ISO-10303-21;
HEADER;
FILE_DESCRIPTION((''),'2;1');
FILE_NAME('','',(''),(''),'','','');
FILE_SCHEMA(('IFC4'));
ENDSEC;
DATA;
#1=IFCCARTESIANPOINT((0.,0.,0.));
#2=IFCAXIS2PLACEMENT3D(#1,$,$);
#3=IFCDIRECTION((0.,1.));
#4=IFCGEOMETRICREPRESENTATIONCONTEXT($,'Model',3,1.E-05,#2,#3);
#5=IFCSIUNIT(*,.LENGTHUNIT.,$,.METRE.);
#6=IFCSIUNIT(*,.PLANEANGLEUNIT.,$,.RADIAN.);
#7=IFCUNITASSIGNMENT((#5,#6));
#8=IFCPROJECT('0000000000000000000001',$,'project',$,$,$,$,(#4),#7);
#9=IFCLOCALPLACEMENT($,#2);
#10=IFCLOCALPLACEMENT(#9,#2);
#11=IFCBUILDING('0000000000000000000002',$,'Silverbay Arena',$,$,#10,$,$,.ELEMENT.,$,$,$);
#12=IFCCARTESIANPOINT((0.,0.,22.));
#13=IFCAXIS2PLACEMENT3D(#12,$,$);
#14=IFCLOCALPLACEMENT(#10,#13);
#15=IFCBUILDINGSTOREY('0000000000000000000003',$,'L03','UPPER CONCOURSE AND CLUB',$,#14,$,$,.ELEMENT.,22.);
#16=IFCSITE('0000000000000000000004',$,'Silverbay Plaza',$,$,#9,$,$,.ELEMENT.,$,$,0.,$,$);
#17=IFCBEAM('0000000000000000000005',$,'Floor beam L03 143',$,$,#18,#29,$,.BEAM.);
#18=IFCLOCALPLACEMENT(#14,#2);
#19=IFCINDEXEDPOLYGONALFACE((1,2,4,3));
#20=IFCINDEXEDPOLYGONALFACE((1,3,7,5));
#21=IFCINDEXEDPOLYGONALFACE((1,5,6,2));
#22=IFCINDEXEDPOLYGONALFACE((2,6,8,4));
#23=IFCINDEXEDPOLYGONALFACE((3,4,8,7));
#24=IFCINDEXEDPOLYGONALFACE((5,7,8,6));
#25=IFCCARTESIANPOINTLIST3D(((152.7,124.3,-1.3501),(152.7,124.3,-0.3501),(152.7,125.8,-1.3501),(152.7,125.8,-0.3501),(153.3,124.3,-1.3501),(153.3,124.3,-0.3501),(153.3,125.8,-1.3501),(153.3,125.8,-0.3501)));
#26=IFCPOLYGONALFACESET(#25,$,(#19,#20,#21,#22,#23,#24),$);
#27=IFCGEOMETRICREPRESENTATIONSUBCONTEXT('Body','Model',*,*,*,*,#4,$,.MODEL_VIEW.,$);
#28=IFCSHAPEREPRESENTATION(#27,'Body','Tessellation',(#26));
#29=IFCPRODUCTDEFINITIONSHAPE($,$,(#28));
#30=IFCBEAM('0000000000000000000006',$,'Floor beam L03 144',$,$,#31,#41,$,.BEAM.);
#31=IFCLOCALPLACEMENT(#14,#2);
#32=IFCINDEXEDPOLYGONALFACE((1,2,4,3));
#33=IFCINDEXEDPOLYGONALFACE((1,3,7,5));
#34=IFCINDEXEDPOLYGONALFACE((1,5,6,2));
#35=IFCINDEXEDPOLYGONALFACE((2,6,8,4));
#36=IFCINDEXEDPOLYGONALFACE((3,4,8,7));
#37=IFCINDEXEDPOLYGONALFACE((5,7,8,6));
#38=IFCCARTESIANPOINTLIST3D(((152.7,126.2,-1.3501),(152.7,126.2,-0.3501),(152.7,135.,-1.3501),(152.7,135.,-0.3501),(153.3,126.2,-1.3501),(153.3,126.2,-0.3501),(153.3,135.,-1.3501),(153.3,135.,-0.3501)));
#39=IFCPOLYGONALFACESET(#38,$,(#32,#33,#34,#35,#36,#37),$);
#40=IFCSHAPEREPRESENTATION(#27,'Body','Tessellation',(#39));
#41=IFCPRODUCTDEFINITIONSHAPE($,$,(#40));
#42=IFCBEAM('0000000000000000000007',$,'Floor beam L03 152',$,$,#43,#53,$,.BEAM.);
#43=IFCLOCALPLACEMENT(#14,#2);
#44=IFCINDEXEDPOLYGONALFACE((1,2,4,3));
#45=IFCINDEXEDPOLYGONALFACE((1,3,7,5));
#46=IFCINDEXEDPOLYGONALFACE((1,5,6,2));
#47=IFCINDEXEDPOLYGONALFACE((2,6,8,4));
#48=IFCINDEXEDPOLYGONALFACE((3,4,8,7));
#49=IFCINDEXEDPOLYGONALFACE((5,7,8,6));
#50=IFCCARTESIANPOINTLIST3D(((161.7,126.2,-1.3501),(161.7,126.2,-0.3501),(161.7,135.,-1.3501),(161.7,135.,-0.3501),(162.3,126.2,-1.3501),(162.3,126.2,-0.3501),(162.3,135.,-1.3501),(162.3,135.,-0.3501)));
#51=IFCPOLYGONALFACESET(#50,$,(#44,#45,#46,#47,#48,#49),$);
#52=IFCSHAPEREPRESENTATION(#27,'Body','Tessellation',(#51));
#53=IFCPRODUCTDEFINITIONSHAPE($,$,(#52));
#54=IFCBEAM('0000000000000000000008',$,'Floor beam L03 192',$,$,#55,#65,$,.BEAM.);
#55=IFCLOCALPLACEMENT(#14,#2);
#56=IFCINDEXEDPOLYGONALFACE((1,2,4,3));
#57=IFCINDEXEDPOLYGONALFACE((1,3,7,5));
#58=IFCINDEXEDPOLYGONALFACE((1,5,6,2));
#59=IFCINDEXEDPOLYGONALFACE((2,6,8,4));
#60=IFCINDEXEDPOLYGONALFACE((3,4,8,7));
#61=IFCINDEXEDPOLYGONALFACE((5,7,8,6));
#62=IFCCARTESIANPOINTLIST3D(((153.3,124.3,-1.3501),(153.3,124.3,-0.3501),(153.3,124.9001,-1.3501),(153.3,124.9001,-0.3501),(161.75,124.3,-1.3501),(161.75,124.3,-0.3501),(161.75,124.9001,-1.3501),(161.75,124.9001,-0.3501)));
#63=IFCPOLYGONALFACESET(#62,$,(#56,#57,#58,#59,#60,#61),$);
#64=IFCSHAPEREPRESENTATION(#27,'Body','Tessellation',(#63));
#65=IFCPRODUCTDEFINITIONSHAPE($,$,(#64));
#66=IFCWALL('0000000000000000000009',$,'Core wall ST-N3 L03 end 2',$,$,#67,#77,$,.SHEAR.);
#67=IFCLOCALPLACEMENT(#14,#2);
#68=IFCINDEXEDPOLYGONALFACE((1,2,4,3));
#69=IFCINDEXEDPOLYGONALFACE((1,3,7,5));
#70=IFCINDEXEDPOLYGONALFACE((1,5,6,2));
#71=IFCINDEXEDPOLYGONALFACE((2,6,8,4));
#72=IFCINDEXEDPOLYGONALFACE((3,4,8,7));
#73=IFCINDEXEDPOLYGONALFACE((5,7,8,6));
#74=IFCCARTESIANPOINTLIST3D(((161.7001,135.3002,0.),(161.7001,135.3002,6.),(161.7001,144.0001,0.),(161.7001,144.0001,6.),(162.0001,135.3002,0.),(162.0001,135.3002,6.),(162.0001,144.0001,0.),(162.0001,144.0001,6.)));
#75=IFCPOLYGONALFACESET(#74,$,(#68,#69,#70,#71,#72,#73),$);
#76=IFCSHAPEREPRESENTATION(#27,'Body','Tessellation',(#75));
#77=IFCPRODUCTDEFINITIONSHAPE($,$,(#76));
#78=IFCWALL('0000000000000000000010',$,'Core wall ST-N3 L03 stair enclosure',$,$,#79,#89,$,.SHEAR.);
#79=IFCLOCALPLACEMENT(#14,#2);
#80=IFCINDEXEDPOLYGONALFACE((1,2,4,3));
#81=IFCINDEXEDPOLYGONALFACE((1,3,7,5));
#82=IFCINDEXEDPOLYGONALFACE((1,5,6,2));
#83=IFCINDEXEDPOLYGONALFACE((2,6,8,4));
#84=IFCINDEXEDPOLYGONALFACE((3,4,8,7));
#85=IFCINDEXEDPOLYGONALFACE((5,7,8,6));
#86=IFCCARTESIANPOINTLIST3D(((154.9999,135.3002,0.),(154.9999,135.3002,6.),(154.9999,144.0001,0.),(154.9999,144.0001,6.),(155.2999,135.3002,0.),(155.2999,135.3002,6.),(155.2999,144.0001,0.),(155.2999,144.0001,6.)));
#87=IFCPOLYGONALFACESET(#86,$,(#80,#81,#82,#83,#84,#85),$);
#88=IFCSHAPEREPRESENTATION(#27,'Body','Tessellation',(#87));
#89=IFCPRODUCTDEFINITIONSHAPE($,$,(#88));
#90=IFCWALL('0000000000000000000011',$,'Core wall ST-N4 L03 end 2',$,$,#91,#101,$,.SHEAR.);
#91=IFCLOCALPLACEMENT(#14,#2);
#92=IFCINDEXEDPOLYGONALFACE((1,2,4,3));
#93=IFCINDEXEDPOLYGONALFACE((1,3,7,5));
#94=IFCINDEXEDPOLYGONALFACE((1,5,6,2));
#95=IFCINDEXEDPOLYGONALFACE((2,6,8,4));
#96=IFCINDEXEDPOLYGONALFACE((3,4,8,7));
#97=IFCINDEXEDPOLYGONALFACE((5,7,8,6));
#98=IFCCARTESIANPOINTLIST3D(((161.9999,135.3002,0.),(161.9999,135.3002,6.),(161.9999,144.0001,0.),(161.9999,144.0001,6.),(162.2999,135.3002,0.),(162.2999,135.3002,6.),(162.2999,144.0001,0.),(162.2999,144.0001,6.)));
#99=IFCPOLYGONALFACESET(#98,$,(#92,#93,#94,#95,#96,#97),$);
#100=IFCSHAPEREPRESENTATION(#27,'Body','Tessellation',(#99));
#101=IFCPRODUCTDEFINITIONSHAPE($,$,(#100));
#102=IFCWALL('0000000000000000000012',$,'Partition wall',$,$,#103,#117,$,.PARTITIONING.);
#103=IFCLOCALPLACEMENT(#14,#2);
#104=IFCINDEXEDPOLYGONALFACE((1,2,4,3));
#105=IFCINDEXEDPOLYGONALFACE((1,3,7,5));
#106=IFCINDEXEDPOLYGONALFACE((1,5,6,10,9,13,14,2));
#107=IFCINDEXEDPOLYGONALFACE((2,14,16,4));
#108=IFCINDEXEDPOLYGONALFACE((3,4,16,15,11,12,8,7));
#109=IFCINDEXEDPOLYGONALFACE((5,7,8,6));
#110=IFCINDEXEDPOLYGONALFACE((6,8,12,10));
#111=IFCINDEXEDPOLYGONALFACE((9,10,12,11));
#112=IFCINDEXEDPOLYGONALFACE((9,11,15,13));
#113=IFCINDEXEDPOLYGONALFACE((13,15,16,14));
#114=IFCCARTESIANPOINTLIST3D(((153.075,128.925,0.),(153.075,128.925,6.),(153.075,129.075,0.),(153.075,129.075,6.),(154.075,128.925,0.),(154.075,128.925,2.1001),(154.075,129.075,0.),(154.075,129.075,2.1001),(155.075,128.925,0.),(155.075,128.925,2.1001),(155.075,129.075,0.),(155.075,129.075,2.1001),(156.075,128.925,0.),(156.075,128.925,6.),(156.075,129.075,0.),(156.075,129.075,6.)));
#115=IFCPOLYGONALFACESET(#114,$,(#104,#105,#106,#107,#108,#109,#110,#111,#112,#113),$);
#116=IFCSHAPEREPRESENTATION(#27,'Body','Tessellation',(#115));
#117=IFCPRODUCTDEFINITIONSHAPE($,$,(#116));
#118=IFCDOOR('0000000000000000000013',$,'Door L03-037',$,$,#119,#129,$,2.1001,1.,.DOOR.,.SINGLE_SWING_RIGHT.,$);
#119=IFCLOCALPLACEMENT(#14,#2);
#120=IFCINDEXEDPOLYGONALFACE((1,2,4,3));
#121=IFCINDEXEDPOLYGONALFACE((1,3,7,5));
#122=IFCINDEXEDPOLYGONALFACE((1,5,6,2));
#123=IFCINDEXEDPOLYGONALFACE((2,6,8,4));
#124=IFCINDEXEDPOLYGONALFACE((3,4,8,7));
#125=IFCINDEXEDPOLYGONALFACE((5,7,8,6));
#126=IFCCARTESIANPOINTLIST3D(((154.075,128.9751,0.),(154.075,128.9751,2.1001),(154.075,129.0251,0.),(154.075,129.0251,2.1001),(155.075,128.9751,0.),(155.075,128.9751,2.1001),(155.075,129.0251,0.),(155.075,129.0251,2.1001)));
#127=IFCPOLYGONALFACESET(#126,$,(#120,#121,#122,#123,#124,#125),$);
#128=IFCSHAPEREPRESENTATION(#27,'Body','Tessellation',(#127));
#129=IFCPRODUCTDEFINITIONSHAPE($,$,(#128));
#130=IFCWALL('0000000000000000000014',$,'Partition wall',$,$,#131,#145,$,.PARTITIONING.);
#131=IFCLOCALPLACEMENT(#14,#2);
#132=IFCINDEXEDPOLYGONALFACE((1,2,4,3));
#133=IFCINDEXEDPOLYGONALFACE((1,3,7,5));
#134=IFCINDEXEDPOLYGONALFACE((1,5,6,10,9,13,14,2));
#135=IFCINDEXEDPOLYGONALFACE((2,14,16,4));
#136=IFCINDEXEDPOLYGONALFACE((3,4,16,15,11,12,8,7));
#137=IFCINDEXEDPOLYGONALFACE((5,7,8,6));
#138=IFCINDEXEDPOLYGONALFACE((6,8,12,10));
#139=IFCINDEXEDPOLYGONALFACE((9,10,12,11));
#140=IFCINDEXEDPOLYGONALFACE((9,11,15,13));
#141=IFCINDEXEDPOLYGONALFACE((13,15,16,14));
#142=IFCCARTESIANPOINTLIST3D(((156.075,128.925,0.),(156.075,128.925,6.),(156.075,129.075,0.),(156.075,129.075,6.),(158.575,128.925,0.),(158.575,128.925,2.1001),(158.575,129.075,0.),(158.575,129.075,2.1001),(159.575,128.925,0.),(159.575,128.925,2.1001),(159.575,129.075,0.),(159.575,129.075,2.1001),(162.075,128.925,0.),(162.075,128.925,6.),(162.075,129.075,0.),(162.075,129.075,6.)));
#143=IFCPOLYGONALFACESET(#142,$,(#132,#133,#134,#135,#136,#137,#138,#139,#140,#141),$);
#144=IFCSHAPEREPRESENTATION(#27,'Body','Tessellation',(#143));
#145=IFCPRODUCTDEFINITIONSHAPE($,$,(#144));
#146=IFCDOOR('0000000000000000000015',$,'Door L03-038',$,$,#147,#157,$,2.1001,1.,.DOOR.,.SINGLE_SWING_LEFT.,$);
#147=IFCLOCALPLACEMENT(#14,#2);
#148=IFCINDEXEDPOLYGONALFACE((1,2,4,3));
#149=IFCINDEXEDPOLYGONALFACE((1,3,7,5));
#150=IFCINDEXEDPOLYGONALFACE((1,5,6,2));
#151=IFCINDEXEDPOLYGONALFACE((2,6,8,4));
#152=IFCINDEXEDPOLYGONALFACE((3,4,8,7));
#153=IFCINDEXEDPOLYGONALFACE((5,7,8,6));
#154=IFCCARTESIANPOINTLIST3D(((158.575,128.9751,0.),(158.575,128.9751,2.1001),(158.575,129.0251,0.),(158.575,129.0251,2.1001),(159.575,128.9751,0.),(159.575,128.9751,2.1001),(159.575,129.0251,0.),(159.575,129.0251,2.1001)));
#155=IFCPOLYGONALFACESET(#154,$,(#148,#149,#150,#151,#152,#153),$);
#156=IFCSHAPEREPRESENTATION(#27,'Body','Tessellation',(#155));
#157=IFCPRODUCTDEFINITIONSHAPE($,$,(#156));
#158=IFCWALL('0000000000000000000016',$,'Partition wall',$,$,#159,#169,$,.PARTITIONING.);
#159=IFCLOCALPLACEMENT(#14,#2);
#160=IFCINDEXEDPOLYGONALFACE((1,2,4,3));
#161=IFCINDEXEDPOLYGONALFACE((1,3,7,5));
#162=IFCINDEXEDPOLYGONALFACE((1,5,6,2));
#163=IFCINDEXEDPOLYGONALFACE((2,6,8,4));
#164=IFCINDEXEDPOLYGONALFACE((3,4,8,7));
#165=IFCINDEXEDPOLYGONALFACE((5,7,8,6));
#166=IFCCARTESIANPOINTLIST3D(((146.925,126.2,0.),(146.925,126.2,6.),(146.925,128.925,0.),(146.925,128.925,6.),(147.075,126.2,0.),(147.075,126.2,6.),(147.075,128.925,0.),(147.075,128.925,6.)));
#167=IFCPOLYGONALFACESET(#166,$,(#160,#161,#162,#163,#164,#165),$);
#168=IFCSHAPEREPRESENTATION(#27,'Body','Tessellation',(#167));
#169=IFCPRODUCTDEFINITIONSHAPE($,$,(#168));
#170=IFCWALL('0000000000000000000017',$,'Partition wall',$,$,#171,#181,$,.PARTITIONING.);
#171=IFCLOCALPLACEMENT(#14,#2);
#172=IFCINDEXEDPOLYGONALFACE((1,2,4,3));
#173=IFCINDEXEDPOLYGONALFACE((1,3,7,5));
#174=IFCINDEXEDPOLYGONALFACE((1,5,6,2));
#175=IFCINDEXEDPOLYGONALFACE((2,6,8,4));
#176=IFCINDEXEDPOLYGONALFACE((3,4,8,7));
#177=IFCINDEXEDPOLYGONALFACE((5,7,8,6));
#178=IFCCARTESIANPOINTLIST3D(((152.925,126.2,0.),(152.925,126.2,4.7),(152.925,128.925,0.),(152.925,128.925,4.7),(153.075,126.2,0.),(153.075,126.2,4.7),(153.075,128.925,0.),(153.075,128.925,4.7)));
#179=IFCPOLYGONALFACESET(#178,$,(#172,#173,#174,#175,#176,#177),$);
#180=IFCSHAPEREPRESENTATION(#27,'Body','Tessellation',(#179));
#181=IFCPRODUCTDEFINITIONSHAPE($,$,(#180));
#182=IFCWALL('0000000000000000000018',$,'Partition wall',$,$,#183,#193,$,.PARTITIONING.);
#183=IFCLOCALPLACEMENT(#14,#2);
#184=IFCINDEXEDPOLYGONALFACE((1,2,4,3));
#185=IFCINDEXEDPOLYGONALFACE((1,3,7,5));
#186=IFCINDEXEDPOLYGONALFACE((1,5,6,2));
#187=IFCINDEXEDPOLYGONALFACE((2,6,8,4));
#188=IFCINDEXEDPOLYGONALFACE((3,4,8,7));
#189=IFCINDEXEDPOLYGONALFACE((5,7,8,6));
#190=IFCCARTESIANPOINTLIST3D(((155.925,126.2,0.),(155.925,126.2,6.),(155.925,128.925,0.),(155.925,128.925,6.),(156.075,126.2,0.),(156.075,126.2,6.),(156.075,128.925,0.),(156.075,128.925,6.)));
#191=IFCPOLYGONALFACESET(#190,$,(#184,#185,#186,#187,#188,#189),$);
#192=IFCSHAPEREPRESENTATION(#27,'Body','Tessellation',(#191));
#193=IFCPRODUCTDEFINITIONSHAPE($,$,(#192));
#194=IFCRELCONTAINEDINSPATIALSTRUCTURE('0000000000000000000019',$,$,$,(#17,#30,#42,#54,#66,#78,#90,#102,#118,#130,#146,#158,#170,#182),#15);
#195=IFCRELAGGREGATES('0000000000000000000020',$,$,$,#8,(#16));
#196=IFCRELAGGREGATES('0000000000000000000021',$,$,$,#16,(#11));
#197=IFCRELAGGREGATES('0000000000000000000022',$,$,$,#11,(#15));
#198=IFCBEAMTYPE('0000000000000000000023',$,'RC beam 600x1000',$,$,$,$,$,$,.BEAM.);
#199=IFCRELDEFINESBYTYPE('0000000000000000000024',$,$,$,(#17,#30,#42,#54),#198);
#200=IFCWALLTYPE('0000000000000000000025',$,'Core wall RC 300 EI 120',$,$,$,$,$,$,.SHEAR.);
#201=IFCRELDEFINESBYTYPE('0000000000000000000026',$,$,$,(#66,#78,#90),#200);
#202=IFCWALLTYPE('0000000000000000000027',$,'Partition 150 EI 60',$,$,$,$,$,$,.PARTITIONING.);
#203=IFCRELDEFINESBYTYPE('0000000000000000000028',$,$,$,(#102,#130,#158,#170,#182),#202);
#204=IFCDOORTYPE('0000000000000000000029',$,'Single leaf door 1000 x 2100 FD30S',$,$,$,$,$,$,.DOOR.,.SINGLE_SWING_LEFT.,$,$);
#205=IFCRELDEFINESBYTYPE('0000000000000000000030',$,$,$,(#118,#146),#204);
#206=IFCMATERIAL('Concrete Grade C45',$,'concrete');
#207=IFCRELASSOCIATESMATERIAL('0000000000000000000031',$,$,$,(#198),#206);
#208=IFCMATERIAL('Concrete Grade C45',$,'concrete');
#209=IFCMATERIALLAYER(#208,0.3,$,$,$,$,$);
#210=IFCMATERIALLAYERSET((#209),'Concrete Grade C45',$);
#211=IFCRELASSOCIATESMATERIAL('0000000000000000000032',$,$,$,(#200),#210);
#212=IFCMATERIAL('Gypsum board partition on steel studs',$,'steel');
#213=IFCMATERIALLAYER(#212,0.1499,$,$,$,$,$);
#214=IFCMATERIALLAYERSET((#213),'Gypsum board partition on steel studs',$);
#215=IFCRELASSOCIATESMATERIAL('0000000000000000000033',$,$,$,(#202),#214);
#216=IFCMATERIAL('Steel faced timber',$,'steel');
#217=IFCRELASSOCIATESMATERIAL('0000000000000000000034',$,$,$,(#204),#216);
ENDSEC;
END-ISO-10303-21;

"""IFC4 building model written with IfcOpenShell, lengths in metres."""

from ifc_helpers import new_model, si_unit, direction, frame, frame_2d, origin, origin_2d, place, context, subcontext, project, spatial, rectangle, extrude, material, layer, layer_set, material_profile, profile_set, type_object, element, fill, save


model = new_model("IFC4")

# Units and contexts
model_context = context("Model", 3, precision=1e-05, world=origin(), true_north=direction((0.0, 1.0)))
body_context = subcontext(model_context, "Body", "Model", "MODEL_VIEW")
ifc_project = project(units=[si_unit("LENGTHUNIT", "METRE"), si_unit("PLANEANGLEUNIT", "RADIAN")], contexts=[model_context])

# Site, building, storey
site_placement = place(None, origin())
site = spatial("IfcSite", under=ifc_project, at=site_placement, Name="Silverbay Plaza", CompositionType="ELEMENT", RefElevation=0.0)
building_placement = place(site_placement, origin())
building = spatial("IfcBuilding", under=site, at=building_placement, Name="Silverbay Arena", CompositionType="ELEMENT")
storey_placement = place(building_placement, frame((0.0, 0.0, 22.0)))
storey = spatial("IfcBuildingStorey", under=building, at=storey_placement, Name="L03", Description="UPPER CONCOURSE AND CLUB", CompositionType="ELEMENT", Elevation=22.0)

# Beams
ifc_material_1 = material(Name="Concrete Grade C45", Category="concrete")
ifc_material_profile = material_profile(ifc_material_1, rectangle(XDim=0.6001, YDim=1.0, at=origin_2d()), Name="RC 600x1000")
ifc_profile_set = profile_set([ifc_material_profile], Name="Concrete Grade C45")
beam_type = type_object("IfcBeamType", Name="RC beam 600x1000", PredefinedType="BEAM", material=ifc_profile_set)
beam_1_placement = place(storey_placement, frame((153.0, 124.3, -0.8501), z_axis=(0.0, 1.0, 0.0), x_axis=(-1.0, 0.0, 0.0)))
element("IfcBeam", 1, at=beam_1_placement, inside=storey, type_object=beam_type, Name="Floor beam L03 143", PredefinedType="BEAM", context=body_context, shape_type="SweptSolid", body=[
    extrude(rectangle(XDim=0.6001, YDim=1.0, at=origin_2d()), origin(), (0.0, 0.0, 1.0), 1.5),
])
for number, where, z_axis, x_axis, name in (
    (2, (153.0, 126.2, -0.8501), (0.0, 1.0, 0.0), (-1.0, 0.0, 0.0), "Floor beam L03 144"),
    (3, (162.0, 126.2, -0.8501), (0.0, 1.0, 0.0), (-1.0, 0.0, 0.0), "Floor beam L03 152"),
):
    element("IfcBeam", number, at=place(storey_placement, frame(where, z_axis=z_axis, x_axis=x_axis)), inside=storey, type_object=beam_type, Name=name, PredefinedType="BEAM", context=body_context, shape_type="SweptSolid", body=[
        extrude(rectangle(XDim=0.6001, YDim=1.0, at=origin_2d()), origin(), (0.0, 0.0, 1.0), 8.8),
    ])
beam_2_placement = place(storey_placement, frame((153.3, 124.6001, -0.8501), z_axis=(1.0, 0.0, 0.0), x_axis=(0.0, 1.0, 0.0)))
element("IfcBeam", 4, at=beam_2_placement, inside=storey, type_object=beam_type, Name="Floor beam L03 192", PredefinedType="BEAM", context=body_context, shape_type="SweptSolid", body=[
    extrude(rectangle(XDim=0.6001, YDim=1.0, at=origin_2d()), origin(), (0.0, 0.0, 1.0), 8.45),
])

# Walls
ifc_material_2 = material(Name="Concrete Grade C45", Category="concrete")
ifc_layer_1 = layer(ifc_material_2, 0.3)
ifc_layer_set_1 = layer_set([ifc_layer_1], Name="Concrete Grade C45")
wall_type_1 = type_object("IfcWallType", Name="Core wall RC 300 EI 120", PredefinedType="SHEAR", material=ifc_layer_set_1)
for number, where, z_axis, x_axis, name in (
    (5, (161.8501, 135.3, 0.0), (0.0, 0.0, 1.0), (0.0, 1.0, 0.0), "Core wall ST-N3 L03 end 2"),
    (6, (155.1499, 135.3, 0.0), (0.0, 0.0, 1.0), (0.0, 1.0, 0.0), "Core wall ST-N3 L03 stair enclosure"),
    (7, (162.1499, 135.3, 0.0), (0.0, 0.0, 1.0), (0.0, 1.0, 0.0), "Core wall ST-N4 L03 end 2"),
):
    element("IfcWall", number, at=place(storey_placement, frame(where, z_axis=z_axis, x_axis=x_axis)), inside=storey, type_object=wall_type_1, Name=name, PredefinedType="SHEAR", context=body_context, shape_type="SweptSolid", body=[
        extrude(rectangle(XDim=8.7, YDim=0.3, at=frame_2d((4.3501, 0.0))), origin(), (0.0, 0.0, 1.0), 6.0),
    ])

# Walls, openings, doors
ifc_material_3 = material(Name="Gypsum board partition on steel studs", Category="steel")
ifc_layer_2 = layer(ifc_material_3, 0.1499)
ifc_layer_set_2 = layer_set([ifc_layer_2], Name="Gypsum board partition on steel studs")
wall_type_2 = type_object("IfcWallType", Name="Partition 150 EI 60", PredefinedType="PARTITIONING", material=ifc_layer_set_2)
wall_1_placement = place(storey_placement, frame((153.075, 129.0, 0.0), z_axis=(0.0, 0.0, 1.0), x_axis=(1.0, 0.0, 0.0)))
wall_1 = element("IfcWall", 8, at=wall_1_placement, inside=storey, type_object=wall_type_2, Name="Partition wall", PredefinedType="PARTITIONING", context=body_context, shape_type="SweptSolid", body=[
    extrude(rectangle(XDim=3.0, YDim=0.1499, at=frame_2d((1.5, 0.0))), origin(), (0.0, 0.0, 1.0), 6.0),
])
opening_1_placement = place(wall_1_placement, frame((1.0, 0.0, 0.0)))
opening_1 = element("IfcOpeningElement", 9, at=opening_1_placement, cuts=wall_1, PredefinedType="OPENING", context=body_context, shape_type="SweptSolid", body=[
    extrude(rectangle(XDim=1.0, YDim=2.1001, at=frame_2d((0.5, 1.05))), frame((0.0, 0.085, 0.0), z_axis=(0.0, -1.0, 0.0), x_axis=(1.0, 0.0, 0.0)), (0.0, 0.0, 1.0), 0.1699),
])
ifc_material_4 = material(Name="Steel faced timber", Category="steel")
door_type_1 = type_object("IfcDoorType", Name="Single leaf door 1000 x 2100 FD30S", OperationType="SINGLE_SWING_LEFT", PredefinedType="DOOR", material=ifc_material_4)
door_1_placement = place(opening_1_placement, frame((1.0, 0.0, 0.0), z_axis=(0.0, 0.0, 1.0), x_axis=(-1.0, 0.0, 0.0)))
door_1 = element("IfcDoor", 10, at=door_1_placement, inside=storey, type_object=door_type_1, Name="Door L03-037", OperationType="SINGLE_SWING_RIGHT", OverallHeight=2.1001, OverallWidth=1.0, PredefinedType="DOOR", context=body_context, shape_type="SweptSolid", body=[
    extrude(rectangle(XDim=1.0, YDim=2.1001, at=frame_2d((0.5, 1.05))), frame((0.0, 0.0249, 0.0), z_axis=(0.0, -1.0, 0.0), x_axis=(1.0, 0.0, 0.0)), (0.0, 0.0, 1.0), 0.05),
])
fill(opening_1, door_1)
wall_2_placement = place(storey_placement, frame((156.075, 129.0, 0.0), z_axis=(0.0, 0.0, 1.0), x_axis=(1.0, 0.0, 0.0)))
wall_2 = element("IfcWall", 11, at=wall_2_placement, inside=storey, type_object=wall_type_2, Name="Partition wall", PredefinedType="PARTITIONING", context=body_context, shape_type="SweptSolid", body=[
    extrude(rectangle(XDim=6.0, YDim=0.1499, at=frame_2d((3.0, 0.0))), origin(), (0.0, 0.0, 1.0), 6.0),
])
opening_2_placement = place(wall_2_placement, frame((2.5, 0.0, 0.0)))
opening_2 = element("IfcOpeningElement", 12, at=opening_2_placement, cuts=wall_2, PredefinedType="OPENING", context=body_context, shape_type="SweptSolid", body=[
    extrude(rectangle(XDim=1.0, YDim=2.1001, at=frame_2d((0.5, 1.05))), frame((0.0, 0.085, 0.0), z_axis=(0.0, -1.0, 0.0), x_axis=(1.0, 0.0, 0.0)), (0.0, 0.0, 1.0), 0.1699),
])
door_2_placement = place(opening_2_placement, frame((1.0, 0.0, 0.0), z_axis=(0.0, 0.0, 1.0), x_axis=(-1.0, 0.0, 0.0)))
door_2 = element("IfcDoor", 13, at=door_2_placement, inside=storey, type_object=door_type_1, Name="Door L03-038", OperationType="SINGLE_SWING_LEFT", OverallHeight=2.1001, OverallWidth=1.0, PredefinedType="DOOR", context=body_context, shape_type="SweptSolid", body=[
    extrude(rectangle(XDim=1.0, YDim=2.1001, at=frame_2d((0.5, 1.05))), frame((0.0, 0.0249, 0.0), z_axis=(0.0, -1.0, 0.0), x_axis=(1.0, 0.0, 0.0)), (0.0, 0.0, 1.0), 0.05),
])
fill(opening_2, door_2)

# Walls
wall_3_placement = place(storey_placement, frame((147.0, 126.2, 0.0), z_axis=(0.0, 0.0, 1.0), x_axis=(0.0, 1.0, 0.0)))
element("IfcWall", 14, at=wall_3_placement, inside=storey, type_object=wall_type_2, Name="Partition wall", PredefinedType="PARTITIONING", context=body_context, shape_type="SweptSolid", body=[
    extrude(rectangle(XDim=2.7251, YDim=0.1499, at=frame_2d((1.3625, 0.0))), origin(), (0.0, 0.0, 1.0), 6.0),
])
wall_4_placement = place(storey_placement, frame((153.0, 126.2, 0.0), z_axis=(0.0, 0.0, 1.0), x_axis=(0.0, 1.0, 0.0)))
element("IfcWall", 15, at=wall_4_placement, inside=storey, type_object=wall_type_2, Name="Partition wall", PredefinedType="PARTITIONING", context=body_context, shape_type="SweptSolid", body=[
    extrude(rectangle(XDim=2.7251, YDim=0.1499, at=frame_2d((1.3625, 0.0))), origin(), (0.0, 0.0, 1.0), 4.7),
])
wall_5_placement = place(storey_placement, frame((156.0, 126.2, 0.0), z_axis=(0.0, 0.0, 1.0), x_axis=(0.0, 1.0, 0.0)))
element("IfcWall", 16, at=wall_5_placement, inside=storey, type_object=wall_type_2, Name="Partition wall", PredefinedType="PARTITIONING", context=body_context, shape_type="SweptSolid", body=[
    extrude(rectangle(XDim=2.7251, YDim=0.1499, at=frame_2d((1.3625, 0.0))), origin(), (0.0, 0.0, 1.0), 6.0),
])

save(model, "model.ifc")
